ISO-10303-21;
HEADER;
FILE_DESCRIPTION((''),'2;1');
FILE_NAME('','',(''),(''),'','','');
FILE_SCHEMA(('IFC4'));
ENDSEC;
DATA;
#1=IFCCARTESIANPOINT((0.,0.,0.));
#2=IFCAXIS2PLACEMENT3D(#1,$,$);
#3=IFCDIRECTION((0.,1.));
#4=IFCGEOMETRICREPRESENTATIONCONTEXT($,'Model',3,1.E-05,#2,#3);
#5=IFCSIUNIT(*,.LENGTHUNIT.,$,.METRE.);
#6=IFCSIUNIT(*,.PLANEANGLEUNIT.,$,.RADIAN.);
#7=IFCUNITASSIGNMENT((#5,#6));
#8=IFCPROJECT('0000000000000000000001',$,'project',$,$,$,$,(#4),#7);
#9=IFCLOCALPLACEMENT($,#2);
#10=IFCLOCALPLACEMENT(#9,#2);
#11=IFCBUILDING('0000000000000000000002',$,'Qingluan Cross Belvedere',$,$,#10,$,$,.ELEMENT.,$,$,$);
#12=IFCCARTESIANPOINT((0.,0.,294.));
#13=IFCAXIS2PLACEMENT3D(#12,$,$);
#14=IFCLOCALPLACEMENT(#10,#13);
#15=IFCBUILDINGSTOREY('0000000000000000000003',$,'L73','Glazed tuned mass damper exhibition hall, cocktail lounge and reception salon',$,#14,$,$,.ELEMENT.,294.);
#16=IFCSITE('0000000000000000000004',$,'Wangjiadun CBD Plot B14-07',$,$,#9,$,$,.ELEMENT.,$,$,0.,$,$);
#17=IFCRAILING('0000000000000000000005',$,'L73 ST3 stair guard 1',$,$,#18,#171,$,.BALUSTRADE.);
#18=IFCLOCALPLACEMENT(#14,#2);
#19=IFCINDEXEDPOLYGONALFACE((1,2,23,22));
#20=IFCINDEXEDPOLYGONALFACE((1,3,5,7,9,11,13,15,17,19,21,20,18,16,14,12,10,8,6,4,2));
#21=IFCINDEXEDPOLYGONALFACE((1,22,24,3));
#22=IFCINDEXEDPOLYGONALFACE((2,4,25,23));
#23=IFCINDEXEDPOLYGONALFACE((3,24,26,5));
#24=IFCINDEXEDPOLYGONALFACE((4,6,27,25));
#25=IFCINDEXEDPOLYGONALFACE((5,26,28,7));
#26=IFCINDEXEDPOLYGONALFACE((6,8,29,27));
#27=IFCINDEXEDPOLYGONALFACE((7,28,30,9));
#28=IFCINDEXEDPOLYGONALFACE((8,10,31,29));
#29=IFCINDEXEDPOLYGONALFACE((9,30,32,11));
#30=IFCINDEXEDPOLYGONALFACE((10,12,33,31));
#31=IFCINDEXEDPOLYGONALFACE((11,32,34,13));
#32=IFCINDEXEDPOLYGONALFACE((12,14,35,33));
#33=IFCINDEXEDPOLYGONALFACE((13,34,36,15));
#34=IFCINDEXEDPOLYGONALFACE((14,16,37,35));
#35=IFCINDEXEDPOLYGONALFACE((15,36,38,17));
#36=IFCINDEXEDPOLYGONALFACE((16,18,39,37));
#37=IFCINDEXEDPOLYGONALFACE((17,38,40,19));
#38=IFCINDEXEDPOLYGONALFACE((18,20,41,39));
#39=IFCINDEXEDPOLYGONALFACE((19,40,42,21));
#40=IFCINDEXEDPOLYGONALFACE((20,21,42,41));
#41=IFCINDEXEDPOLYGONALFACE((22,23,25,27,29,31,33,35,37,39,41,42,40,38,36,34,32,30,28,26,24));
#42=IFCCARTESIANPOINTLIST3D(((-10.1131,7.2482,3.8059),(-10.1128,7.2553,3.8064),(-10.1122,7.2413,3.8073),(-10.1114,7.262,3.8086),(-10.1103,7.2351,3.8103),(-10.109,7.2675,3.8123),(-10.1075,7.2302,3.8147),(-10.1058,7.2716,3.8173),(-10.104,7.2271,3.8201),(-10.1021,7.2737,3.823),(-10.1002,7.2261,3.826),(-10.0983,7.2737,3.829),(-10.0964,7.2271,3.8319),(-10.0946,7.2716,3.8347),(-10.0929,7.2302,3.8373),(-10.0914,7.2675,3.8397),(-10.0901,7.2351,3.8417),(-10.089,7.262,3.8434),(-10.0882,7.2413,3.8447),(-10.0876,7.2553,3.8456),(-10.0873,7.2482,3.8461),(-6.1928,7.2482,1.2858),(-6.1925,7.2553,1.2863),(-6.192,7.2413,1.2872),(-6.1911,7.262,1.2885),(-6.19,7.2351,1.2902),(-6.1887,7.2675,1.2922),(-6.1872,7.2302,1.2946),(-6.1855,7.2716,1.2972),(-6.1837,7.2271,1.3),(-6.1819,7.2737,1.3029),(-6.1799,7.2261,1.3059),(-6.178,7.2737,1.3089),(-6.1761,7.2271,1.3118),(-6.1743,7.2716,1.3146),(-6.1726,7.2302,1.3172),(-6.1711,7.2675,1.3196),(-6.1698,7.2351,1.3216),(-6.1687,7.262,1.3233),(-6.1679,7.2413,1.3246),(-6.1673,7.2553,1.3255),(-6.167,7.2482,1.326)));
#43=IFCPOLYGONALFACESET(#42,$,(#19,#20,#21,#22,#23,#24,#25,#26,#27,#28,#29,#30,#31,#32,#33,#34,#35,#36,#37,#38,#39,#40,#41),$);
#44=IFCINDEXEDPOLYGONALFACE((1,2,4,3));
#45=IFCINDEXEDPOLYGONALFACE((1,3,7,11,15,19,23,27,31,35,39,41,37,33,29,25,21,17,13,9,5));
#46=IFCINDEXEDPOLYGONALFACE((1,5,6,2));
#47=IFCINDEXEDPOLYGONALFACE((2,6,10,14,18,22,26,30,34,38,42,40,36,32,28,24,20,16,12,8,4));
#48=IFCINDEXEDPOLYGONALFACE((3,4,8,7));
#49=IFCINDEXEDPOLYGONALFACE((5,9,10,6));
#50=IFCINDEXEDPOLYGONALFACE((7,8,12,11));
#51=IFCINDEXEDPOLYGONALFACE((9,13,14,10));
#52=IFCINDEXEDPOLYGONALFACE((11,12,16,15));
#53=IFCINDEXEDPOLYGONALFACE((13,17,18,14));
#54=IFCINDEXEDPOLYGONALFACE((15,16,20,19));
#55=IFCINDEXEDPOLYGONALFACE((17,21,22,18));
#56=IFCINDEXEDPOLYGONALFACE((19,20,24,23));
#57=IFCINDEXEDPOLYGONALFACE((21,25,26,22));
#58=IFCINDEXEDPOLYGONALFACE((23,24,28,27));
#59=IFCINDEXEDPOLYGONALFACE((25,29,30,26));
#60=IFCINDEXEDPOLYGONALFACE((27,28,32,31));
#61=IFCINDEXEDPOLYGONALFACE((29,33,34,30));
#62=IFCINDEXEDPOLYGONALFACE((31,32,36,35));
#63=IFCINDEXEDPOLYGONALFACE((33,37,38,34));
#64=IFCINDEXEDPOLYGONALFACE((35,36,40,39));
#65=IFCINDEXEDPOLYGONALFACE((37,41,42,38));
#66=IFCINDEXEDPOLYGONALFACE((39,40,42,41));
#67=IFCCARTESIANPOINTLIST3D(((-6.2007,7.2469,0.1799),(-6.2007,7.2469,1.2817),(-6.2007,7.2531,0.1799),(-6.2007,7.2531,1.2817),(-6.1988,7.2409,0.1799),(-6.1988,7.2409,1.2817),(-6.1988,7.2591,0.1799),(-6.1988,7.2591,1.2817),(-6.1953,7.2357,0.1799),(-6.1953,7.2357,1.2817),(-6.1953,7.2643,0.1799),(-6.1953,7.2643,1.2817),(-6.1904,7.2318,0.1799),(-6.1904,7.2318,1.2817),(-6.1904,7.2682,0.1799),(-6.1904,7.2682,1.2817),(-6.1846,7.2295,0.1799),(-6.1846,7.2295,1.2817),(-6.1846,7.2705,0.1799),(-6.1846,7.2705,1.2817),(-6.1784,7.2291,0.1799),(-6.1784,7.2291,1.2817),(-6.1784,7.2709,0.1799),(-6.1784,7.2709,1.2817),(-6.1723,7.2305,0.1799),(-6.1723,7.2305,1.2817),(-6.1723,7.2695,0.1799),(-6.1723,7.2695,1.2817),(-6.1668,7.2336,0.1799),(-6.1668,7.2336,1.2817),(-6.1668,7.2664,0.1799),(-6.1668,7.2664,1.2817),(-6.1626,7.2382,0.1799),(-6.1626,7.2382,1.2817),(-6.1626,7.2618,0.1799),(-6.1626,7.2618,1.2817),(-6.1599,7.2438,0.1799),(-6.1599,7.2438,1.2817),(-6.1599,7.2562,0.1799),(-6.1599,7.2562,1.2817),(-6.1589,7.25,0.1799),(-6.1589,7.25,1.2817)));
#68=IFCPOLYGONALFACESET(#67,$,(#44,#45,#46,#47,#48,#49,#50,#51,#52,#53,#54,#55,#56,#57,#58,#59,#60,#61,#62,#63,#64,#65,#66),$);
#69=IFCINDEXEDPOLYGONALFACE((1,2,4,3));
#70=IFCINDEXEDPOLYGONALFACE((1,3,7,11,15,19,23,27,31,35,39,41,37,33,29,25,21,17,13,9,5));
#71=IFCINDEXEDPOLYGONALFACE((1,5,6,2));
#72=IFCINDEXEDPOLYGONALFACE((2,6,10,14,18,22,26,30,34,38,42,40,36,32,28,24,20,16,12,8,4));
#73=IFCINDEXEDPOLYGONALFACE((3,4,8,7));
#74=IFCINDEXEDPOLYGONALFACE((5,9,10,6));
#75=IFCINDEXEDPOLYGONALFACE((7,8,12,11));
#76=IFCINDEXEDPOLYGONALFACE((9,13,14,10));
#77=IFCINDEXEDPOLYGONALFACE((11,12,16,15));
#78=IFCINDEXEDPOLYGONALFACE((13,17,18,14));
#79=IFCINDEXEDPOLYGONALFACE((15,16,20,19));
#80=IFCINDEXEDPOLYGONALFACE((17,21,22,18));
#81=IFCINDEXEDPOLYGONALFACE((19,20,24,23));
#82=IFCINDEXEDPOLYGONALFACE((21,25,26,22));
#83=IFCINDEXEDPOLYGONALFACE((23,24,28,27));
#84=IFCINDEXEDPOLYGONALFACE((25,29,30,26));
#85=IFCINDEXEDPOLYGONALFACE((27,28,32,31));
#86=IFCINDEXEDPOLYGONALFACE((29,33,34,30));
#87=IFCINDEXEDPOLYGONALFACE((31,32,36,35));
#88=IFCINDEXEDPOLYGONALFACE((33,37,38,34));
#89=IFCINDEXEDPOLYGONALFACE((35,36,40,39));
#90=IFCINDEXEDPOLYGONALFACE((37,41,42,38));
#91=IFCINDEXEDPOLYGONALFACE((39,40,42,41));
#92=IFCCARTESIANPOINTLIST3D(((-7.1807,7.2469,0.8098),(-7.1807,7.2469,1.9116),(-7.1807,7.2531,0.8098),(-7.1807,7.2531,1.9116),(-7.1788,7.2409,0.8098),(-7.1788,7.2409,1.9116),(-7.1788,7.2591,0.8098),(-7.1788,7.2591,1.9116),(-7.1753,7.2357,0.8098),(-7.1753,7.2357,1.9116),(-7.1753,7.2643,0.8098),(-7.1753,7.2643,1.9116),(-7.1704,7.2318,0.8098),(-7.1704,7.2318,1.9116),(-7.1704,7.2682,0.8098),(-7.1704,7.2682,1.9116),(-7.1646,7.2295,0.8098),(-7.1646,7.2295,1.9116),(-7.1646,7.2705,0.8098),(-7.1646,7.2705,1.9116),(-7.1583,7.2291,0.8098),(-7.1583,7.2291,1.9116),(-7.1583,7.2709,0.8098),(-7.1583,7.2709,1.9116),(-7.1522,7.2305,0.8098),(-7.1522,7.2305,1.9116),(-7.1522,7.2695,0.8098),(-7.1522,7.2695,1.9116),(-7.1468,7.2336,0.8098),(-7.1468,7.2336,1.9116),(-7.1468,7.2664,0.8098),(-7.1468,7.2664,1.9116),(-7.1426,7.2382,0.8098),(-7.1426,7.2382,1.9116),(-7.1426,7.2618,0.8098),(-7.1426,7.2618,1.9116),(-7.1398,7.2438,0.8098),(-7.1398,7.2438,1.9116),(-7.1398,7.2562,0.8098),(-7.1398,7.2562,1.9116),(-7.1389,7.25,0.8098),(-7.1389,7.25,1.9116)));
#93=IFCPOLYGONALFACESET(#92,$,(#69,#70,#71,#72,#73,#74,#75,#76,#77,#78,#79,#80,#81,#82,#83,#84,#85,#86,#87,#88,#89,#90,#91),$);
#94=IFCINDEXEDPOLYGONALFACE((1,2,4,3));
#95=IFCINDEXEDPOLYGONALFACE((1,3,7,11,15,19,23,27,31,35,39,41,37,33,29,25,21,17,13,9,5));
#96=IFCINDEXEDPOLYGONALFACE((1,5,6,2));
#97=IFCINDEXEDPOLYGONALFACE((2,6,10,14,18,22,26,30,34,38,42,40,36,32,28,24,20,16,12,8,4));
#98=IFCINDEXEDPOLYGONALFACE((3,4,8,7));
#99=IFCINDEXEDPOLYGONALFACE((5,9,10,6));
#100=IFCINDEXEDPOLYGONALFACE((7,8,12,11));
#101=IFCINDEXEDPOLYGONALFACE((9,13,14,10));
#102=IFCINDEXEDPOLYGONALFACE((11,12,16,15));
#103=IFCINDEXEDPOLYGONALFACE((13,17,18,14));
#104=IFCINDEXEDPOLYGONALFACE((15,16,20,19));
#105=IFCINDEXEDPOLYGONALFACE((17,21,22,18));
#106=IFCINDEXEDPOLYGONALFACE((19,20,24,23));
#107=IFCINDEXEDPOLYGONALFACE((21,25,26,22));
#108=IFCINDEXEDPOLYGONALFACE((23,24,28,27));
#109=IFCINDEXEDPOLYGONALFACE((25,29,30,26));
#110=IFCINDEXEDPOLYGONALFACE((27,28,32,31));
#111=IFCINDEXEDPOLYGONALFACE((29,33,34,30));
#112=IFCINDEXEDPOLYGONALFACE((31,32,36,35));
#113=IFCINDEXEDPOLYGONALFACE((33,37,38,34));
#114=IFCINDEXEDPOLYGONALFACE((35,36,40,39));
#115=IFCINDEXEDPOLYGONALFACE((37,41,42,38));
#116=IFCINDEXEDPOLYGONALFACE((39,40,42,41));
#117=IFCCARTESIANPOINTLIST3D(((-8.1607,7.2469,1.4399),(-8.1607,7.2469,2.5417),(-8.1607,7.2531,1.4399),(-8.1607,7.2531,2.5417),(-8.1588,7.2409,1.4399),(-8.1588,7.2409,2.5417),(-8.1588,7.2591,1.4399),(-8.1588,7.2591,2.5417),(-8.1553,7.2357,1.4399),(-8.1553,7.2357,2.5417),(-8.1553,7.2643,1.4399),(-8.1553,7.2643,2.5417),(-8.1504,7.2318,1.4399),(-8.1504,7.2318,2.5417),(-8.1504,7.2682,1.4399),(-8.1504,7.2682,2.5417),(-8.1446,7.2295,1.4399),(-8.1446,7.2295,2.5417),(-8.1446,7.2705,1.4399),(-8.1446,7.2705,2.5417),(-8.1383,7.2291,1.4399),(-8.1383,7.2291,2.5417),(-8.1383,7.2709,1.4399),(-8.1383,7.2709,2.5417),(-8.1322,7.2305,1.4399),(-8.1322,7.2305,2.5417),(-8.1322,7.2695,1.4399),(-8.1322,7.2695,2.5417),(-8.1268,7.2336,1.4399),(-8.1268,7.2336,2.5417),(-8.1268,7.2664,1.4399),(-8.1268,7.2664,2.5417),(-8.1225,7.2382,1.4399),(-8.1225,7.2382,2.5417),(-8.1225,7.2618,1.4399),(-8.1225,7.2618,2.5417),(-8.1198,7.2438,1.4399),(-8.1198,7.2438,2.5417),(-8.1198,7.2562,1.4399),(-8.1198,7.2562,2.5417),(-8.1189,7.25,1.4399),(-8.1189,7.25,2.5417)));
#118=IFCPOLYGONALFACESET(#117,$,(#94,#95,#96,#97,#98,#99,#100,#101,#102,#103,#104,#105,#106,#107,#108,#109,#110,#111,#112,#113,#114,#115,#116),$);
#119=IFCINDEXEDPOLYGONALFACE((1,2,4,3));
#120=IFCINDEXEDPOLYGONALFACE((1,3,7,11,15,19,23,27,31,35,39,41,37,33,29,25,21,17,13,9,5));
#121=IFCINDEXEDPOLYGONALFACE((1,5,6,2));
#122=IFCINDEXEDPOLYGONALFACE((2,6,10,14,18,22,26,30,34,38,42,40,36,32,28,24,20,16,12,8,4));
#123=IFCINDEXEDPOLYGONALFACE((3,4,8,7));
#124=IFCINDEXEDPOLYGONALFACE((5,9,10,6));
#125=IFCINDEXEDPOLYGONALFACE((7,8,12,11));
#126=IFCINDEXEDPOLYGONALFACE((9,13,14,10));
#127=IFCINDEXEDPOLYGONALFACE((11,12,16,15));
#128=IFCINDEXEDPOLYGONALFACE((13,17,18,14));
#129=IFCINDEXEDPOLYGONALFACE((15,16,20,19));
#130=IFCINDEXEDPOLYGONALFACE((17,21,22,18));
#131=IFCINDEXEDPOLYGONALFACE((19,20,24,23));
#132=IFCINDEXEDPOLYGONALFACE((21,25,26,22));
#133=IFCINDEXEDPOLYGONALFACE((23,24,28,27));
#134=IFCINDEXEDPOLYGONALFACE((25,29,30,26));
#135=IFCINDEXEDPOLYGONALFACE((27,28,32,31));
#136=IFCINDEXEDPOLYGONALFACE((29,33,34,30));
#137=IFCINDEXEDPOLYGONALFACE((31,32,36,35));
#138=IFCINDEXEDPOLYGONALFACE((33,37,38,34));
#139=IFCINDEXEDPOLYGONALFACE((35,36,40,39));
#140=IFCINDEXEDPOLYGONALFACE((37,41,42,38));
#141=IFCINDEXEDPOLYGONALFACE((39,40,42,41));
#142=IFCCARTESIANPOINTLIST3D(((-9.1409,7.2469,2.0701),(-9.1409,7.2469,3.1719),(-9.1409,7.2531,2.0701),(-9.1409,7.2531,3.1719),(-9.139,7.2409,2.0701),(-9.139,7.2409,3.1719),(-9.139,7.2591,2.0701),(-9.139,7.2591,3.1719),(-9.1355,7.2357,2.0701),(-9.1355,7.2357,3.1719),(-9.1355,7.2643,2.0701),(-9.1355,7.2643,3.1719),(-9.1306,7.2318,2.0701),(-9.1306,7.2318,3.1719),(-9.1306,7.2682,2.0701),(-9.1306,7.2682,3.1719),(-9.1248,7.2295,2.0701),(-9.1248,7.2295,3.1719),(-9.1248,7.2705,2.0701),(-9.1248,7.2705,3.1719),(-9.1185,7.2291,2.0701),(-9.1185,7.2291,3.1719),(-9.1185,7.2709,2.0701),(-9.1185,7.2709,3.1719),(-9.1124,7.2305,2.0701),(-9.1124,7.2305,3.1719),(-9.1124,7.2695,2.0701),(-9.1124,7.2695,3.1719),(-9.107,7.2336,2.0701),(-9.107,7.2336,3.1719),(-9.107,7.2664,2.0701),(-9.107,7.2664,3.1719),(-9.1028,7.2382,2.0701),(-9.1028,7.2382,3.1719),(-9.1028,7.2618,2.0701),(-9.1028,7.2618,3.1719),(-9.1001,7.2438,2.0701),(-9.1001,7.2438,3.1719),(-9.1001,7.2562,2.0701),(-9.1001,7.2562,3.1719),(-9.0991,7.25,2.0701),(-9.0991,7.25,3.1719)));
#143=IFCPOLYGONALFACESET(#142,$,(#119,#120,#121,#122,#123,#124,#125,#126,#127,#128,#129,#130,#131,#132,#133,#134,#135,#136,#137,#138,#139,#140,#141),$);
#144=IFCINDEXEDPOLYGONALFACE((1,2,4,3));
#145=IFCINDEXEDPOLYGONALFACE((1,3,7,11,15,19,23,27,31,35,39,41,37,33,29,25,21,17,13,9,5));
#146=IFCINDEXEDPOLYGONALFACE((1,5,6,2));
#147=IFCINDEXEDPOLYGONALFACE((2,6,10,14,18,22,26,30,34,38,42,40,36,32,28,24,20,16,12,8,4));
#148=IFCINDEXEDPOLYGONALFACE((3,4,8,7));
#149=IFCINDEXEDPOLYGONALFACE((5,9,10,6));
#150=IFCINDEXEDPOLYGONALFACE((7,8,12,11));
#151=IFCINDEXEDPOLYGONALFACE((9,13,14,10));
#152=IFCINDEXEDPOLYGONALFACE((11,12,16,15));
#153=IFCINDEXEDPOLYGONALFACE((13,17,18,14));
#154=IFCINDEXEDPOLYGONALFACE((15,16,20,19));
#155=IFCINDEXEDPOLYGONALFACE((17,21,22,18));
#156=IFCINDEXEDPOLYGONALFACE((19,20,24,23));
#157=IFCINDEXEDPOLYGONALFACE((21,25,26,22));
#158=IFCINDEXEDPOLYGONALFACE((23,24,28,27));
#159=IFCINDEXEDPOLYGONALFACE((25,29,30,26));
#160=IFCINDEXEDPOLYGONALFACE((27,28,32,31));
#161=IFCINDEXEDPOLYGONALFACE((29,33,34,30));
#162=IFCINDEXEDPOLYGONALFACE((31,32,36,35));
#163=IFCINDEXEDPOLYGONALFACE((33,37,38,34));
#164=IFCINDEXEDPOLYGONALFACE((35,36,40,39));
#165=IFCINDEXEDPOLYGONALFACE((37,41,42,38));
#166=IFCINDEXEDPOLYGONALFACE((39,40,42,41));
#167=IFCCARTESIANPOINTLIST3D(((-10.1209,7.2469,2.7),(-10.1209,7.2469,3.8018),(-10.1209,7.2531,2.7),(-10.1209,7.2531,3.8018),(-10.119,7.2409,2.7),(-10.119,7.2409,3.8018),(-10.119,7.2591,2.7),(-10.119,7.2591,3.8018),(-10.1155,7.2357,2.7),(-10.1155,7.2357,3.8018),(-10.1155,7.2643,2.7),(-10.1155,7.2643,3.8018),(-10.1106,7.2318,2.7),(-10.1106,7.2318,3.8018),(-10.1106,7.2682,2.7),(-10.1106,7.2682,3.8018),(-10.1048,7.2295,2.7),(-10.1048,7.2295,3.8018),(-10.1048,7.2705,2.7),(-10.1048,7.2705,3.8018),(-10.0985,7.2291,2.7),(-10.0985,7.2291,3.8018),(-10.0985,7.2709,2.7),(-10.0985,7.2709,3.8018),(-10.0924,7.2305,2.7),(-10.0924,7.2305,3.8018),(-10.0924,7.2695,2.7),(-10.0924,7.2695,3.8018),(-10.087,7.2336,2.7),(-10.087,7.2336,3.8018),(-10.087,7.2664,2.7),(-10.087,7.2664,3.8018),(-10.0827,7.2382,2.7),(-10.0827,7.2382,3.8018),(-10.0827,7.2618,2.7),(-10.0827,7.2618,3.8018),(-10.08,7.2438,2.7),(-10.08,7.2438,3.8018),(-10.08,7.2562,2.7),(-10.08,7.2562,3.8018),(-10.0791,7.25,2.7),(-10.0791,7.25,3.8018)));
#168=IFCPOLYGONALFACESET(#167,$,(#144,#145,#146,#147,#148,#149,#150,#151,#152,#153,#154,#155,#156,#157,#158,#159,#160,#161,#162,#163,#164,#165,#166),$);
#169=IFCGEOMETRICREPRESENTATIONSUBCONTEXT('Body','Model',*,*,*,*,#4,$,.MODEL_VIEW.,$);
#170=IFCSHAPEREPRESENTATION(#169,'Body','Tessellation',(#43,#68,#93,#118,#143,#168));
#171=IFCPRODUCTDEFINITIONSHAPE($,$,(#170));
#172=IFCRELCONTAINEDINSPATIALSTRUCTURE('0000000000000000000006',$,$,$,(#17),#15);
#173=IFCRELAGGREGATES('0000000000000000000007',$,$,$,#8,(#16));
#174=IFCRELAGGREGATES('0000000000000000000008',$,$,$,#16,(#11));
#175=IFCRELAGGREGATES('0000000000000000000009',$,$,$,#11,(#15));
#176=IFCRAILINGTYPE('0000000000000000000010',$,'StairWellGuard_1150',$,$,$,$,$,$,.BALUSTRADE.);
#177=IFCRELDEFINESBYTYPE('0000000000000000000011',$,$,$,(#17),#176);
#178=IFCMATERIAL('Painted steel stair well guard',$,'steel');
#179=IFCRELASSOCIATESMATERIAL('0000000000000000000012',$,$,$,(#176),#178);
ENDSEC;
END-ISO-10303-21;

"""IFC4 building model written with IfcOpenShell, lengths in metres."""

from ifc_helpers import new_model, si_unit, direction, frame, origin, origin_2d, place, context, subcontext, project, spatial, circle, extrude, material, type_object, element, save


model = new_model("IFC4")

# Units and contexts
model_context = context("Model", 3, precision=1e-05, world=origin(), true_north=direction((0.0, 1.0)))
body_context = subcontext(model_context, "Body", "Model", "MODEL_VIEW")
ifc_project = project(units=[si_unit("LENGTHUNIT", "METRE"), si_unit("PLANEANGLEUNIT", "RADIAN")], contexts=[model_context])

# Site, building, storey
site_placement = place(None, origin())
site = spatial("IfcSite", under=ifc_project, at=site_placement, Name="Wangjiadun CBD Plot B14-07", CompositionType="ELEMENT", RefElevation=0.0)
building_placement = place(site_placement, origin())
building = spatial("IfcBuilding", under=site, at=building_placement, Name="Qingluan Cross Belvedere", CompositionType="ELEMENT")
storey_placement = place(building_placement, frame((0.0, 0.0, 294.0)))
storey = spatial("IfcBuildingStorey", under=building, at=storey_placement, Name="L73", Description="Glazed tuned mass damper exhibition hall, cocktail lounge and reception salon", CompositionType="ELEMENT", Elevation=294.0)

# Railing
ifc_material_1 = material(Name="Painted steel stair well guard", Category="steel")
railing_type_1 = type_object("IfcRailingType", Name="StairWellGuard_1150", PredefinedType="BALUSTRADE", material=ifc_material_1)
railing_1_placement = place(storey_placement, frame((-6.1799, 7.25, 0.1799)))
element("IfcRailing", 1, at=railing_1_placement, inside=storey, type_object=railing_type_1, Name="L73 ST3 stair guard 1", PredefinedType="BALUSTRADE", context=body_context, shape_type="SweptSolid", body=[
    extrude(circle(Radius=0.0239, at=origin_2d()), frame((0.0, 0.0, 1.126), z_axis=(-0.841187, 0.0, 0.540744), x_axis=(0.0, -1.0, 0.0)), (0.0, 0.0, 1.0), 4.6604),
    extrude(circle(Radius=0.021, at=origin_2d()), origin(), (0.0, 0.0, 1.0), 1.1018),
    extrude(circle(Radius=0.021, at=origin_2d()), frame((-0.98, 0.0, 0.6299)), (0.0, 0.0, 1.0), 1.1018),
    extrude(circle(Radius=0.021, at=origin_2d()), frame((-1.96, 0.0, 1.26)), (0.0, 0.0, 1.0), 1.1018),
    extrude(circle(Radius=0.021, at=origin_2d()), frame((-2.9402, 0.0, 1.8901)), (0.0, 0.0, 1.0), 1.1018),
    extrude(circle(Radius=0.021, at=origin_2d()), frame((-3.9202, 0.0, 2.52)), (0.0, 0.0, 1.0), 1.1018),
])

save(model, "model.ifc")
